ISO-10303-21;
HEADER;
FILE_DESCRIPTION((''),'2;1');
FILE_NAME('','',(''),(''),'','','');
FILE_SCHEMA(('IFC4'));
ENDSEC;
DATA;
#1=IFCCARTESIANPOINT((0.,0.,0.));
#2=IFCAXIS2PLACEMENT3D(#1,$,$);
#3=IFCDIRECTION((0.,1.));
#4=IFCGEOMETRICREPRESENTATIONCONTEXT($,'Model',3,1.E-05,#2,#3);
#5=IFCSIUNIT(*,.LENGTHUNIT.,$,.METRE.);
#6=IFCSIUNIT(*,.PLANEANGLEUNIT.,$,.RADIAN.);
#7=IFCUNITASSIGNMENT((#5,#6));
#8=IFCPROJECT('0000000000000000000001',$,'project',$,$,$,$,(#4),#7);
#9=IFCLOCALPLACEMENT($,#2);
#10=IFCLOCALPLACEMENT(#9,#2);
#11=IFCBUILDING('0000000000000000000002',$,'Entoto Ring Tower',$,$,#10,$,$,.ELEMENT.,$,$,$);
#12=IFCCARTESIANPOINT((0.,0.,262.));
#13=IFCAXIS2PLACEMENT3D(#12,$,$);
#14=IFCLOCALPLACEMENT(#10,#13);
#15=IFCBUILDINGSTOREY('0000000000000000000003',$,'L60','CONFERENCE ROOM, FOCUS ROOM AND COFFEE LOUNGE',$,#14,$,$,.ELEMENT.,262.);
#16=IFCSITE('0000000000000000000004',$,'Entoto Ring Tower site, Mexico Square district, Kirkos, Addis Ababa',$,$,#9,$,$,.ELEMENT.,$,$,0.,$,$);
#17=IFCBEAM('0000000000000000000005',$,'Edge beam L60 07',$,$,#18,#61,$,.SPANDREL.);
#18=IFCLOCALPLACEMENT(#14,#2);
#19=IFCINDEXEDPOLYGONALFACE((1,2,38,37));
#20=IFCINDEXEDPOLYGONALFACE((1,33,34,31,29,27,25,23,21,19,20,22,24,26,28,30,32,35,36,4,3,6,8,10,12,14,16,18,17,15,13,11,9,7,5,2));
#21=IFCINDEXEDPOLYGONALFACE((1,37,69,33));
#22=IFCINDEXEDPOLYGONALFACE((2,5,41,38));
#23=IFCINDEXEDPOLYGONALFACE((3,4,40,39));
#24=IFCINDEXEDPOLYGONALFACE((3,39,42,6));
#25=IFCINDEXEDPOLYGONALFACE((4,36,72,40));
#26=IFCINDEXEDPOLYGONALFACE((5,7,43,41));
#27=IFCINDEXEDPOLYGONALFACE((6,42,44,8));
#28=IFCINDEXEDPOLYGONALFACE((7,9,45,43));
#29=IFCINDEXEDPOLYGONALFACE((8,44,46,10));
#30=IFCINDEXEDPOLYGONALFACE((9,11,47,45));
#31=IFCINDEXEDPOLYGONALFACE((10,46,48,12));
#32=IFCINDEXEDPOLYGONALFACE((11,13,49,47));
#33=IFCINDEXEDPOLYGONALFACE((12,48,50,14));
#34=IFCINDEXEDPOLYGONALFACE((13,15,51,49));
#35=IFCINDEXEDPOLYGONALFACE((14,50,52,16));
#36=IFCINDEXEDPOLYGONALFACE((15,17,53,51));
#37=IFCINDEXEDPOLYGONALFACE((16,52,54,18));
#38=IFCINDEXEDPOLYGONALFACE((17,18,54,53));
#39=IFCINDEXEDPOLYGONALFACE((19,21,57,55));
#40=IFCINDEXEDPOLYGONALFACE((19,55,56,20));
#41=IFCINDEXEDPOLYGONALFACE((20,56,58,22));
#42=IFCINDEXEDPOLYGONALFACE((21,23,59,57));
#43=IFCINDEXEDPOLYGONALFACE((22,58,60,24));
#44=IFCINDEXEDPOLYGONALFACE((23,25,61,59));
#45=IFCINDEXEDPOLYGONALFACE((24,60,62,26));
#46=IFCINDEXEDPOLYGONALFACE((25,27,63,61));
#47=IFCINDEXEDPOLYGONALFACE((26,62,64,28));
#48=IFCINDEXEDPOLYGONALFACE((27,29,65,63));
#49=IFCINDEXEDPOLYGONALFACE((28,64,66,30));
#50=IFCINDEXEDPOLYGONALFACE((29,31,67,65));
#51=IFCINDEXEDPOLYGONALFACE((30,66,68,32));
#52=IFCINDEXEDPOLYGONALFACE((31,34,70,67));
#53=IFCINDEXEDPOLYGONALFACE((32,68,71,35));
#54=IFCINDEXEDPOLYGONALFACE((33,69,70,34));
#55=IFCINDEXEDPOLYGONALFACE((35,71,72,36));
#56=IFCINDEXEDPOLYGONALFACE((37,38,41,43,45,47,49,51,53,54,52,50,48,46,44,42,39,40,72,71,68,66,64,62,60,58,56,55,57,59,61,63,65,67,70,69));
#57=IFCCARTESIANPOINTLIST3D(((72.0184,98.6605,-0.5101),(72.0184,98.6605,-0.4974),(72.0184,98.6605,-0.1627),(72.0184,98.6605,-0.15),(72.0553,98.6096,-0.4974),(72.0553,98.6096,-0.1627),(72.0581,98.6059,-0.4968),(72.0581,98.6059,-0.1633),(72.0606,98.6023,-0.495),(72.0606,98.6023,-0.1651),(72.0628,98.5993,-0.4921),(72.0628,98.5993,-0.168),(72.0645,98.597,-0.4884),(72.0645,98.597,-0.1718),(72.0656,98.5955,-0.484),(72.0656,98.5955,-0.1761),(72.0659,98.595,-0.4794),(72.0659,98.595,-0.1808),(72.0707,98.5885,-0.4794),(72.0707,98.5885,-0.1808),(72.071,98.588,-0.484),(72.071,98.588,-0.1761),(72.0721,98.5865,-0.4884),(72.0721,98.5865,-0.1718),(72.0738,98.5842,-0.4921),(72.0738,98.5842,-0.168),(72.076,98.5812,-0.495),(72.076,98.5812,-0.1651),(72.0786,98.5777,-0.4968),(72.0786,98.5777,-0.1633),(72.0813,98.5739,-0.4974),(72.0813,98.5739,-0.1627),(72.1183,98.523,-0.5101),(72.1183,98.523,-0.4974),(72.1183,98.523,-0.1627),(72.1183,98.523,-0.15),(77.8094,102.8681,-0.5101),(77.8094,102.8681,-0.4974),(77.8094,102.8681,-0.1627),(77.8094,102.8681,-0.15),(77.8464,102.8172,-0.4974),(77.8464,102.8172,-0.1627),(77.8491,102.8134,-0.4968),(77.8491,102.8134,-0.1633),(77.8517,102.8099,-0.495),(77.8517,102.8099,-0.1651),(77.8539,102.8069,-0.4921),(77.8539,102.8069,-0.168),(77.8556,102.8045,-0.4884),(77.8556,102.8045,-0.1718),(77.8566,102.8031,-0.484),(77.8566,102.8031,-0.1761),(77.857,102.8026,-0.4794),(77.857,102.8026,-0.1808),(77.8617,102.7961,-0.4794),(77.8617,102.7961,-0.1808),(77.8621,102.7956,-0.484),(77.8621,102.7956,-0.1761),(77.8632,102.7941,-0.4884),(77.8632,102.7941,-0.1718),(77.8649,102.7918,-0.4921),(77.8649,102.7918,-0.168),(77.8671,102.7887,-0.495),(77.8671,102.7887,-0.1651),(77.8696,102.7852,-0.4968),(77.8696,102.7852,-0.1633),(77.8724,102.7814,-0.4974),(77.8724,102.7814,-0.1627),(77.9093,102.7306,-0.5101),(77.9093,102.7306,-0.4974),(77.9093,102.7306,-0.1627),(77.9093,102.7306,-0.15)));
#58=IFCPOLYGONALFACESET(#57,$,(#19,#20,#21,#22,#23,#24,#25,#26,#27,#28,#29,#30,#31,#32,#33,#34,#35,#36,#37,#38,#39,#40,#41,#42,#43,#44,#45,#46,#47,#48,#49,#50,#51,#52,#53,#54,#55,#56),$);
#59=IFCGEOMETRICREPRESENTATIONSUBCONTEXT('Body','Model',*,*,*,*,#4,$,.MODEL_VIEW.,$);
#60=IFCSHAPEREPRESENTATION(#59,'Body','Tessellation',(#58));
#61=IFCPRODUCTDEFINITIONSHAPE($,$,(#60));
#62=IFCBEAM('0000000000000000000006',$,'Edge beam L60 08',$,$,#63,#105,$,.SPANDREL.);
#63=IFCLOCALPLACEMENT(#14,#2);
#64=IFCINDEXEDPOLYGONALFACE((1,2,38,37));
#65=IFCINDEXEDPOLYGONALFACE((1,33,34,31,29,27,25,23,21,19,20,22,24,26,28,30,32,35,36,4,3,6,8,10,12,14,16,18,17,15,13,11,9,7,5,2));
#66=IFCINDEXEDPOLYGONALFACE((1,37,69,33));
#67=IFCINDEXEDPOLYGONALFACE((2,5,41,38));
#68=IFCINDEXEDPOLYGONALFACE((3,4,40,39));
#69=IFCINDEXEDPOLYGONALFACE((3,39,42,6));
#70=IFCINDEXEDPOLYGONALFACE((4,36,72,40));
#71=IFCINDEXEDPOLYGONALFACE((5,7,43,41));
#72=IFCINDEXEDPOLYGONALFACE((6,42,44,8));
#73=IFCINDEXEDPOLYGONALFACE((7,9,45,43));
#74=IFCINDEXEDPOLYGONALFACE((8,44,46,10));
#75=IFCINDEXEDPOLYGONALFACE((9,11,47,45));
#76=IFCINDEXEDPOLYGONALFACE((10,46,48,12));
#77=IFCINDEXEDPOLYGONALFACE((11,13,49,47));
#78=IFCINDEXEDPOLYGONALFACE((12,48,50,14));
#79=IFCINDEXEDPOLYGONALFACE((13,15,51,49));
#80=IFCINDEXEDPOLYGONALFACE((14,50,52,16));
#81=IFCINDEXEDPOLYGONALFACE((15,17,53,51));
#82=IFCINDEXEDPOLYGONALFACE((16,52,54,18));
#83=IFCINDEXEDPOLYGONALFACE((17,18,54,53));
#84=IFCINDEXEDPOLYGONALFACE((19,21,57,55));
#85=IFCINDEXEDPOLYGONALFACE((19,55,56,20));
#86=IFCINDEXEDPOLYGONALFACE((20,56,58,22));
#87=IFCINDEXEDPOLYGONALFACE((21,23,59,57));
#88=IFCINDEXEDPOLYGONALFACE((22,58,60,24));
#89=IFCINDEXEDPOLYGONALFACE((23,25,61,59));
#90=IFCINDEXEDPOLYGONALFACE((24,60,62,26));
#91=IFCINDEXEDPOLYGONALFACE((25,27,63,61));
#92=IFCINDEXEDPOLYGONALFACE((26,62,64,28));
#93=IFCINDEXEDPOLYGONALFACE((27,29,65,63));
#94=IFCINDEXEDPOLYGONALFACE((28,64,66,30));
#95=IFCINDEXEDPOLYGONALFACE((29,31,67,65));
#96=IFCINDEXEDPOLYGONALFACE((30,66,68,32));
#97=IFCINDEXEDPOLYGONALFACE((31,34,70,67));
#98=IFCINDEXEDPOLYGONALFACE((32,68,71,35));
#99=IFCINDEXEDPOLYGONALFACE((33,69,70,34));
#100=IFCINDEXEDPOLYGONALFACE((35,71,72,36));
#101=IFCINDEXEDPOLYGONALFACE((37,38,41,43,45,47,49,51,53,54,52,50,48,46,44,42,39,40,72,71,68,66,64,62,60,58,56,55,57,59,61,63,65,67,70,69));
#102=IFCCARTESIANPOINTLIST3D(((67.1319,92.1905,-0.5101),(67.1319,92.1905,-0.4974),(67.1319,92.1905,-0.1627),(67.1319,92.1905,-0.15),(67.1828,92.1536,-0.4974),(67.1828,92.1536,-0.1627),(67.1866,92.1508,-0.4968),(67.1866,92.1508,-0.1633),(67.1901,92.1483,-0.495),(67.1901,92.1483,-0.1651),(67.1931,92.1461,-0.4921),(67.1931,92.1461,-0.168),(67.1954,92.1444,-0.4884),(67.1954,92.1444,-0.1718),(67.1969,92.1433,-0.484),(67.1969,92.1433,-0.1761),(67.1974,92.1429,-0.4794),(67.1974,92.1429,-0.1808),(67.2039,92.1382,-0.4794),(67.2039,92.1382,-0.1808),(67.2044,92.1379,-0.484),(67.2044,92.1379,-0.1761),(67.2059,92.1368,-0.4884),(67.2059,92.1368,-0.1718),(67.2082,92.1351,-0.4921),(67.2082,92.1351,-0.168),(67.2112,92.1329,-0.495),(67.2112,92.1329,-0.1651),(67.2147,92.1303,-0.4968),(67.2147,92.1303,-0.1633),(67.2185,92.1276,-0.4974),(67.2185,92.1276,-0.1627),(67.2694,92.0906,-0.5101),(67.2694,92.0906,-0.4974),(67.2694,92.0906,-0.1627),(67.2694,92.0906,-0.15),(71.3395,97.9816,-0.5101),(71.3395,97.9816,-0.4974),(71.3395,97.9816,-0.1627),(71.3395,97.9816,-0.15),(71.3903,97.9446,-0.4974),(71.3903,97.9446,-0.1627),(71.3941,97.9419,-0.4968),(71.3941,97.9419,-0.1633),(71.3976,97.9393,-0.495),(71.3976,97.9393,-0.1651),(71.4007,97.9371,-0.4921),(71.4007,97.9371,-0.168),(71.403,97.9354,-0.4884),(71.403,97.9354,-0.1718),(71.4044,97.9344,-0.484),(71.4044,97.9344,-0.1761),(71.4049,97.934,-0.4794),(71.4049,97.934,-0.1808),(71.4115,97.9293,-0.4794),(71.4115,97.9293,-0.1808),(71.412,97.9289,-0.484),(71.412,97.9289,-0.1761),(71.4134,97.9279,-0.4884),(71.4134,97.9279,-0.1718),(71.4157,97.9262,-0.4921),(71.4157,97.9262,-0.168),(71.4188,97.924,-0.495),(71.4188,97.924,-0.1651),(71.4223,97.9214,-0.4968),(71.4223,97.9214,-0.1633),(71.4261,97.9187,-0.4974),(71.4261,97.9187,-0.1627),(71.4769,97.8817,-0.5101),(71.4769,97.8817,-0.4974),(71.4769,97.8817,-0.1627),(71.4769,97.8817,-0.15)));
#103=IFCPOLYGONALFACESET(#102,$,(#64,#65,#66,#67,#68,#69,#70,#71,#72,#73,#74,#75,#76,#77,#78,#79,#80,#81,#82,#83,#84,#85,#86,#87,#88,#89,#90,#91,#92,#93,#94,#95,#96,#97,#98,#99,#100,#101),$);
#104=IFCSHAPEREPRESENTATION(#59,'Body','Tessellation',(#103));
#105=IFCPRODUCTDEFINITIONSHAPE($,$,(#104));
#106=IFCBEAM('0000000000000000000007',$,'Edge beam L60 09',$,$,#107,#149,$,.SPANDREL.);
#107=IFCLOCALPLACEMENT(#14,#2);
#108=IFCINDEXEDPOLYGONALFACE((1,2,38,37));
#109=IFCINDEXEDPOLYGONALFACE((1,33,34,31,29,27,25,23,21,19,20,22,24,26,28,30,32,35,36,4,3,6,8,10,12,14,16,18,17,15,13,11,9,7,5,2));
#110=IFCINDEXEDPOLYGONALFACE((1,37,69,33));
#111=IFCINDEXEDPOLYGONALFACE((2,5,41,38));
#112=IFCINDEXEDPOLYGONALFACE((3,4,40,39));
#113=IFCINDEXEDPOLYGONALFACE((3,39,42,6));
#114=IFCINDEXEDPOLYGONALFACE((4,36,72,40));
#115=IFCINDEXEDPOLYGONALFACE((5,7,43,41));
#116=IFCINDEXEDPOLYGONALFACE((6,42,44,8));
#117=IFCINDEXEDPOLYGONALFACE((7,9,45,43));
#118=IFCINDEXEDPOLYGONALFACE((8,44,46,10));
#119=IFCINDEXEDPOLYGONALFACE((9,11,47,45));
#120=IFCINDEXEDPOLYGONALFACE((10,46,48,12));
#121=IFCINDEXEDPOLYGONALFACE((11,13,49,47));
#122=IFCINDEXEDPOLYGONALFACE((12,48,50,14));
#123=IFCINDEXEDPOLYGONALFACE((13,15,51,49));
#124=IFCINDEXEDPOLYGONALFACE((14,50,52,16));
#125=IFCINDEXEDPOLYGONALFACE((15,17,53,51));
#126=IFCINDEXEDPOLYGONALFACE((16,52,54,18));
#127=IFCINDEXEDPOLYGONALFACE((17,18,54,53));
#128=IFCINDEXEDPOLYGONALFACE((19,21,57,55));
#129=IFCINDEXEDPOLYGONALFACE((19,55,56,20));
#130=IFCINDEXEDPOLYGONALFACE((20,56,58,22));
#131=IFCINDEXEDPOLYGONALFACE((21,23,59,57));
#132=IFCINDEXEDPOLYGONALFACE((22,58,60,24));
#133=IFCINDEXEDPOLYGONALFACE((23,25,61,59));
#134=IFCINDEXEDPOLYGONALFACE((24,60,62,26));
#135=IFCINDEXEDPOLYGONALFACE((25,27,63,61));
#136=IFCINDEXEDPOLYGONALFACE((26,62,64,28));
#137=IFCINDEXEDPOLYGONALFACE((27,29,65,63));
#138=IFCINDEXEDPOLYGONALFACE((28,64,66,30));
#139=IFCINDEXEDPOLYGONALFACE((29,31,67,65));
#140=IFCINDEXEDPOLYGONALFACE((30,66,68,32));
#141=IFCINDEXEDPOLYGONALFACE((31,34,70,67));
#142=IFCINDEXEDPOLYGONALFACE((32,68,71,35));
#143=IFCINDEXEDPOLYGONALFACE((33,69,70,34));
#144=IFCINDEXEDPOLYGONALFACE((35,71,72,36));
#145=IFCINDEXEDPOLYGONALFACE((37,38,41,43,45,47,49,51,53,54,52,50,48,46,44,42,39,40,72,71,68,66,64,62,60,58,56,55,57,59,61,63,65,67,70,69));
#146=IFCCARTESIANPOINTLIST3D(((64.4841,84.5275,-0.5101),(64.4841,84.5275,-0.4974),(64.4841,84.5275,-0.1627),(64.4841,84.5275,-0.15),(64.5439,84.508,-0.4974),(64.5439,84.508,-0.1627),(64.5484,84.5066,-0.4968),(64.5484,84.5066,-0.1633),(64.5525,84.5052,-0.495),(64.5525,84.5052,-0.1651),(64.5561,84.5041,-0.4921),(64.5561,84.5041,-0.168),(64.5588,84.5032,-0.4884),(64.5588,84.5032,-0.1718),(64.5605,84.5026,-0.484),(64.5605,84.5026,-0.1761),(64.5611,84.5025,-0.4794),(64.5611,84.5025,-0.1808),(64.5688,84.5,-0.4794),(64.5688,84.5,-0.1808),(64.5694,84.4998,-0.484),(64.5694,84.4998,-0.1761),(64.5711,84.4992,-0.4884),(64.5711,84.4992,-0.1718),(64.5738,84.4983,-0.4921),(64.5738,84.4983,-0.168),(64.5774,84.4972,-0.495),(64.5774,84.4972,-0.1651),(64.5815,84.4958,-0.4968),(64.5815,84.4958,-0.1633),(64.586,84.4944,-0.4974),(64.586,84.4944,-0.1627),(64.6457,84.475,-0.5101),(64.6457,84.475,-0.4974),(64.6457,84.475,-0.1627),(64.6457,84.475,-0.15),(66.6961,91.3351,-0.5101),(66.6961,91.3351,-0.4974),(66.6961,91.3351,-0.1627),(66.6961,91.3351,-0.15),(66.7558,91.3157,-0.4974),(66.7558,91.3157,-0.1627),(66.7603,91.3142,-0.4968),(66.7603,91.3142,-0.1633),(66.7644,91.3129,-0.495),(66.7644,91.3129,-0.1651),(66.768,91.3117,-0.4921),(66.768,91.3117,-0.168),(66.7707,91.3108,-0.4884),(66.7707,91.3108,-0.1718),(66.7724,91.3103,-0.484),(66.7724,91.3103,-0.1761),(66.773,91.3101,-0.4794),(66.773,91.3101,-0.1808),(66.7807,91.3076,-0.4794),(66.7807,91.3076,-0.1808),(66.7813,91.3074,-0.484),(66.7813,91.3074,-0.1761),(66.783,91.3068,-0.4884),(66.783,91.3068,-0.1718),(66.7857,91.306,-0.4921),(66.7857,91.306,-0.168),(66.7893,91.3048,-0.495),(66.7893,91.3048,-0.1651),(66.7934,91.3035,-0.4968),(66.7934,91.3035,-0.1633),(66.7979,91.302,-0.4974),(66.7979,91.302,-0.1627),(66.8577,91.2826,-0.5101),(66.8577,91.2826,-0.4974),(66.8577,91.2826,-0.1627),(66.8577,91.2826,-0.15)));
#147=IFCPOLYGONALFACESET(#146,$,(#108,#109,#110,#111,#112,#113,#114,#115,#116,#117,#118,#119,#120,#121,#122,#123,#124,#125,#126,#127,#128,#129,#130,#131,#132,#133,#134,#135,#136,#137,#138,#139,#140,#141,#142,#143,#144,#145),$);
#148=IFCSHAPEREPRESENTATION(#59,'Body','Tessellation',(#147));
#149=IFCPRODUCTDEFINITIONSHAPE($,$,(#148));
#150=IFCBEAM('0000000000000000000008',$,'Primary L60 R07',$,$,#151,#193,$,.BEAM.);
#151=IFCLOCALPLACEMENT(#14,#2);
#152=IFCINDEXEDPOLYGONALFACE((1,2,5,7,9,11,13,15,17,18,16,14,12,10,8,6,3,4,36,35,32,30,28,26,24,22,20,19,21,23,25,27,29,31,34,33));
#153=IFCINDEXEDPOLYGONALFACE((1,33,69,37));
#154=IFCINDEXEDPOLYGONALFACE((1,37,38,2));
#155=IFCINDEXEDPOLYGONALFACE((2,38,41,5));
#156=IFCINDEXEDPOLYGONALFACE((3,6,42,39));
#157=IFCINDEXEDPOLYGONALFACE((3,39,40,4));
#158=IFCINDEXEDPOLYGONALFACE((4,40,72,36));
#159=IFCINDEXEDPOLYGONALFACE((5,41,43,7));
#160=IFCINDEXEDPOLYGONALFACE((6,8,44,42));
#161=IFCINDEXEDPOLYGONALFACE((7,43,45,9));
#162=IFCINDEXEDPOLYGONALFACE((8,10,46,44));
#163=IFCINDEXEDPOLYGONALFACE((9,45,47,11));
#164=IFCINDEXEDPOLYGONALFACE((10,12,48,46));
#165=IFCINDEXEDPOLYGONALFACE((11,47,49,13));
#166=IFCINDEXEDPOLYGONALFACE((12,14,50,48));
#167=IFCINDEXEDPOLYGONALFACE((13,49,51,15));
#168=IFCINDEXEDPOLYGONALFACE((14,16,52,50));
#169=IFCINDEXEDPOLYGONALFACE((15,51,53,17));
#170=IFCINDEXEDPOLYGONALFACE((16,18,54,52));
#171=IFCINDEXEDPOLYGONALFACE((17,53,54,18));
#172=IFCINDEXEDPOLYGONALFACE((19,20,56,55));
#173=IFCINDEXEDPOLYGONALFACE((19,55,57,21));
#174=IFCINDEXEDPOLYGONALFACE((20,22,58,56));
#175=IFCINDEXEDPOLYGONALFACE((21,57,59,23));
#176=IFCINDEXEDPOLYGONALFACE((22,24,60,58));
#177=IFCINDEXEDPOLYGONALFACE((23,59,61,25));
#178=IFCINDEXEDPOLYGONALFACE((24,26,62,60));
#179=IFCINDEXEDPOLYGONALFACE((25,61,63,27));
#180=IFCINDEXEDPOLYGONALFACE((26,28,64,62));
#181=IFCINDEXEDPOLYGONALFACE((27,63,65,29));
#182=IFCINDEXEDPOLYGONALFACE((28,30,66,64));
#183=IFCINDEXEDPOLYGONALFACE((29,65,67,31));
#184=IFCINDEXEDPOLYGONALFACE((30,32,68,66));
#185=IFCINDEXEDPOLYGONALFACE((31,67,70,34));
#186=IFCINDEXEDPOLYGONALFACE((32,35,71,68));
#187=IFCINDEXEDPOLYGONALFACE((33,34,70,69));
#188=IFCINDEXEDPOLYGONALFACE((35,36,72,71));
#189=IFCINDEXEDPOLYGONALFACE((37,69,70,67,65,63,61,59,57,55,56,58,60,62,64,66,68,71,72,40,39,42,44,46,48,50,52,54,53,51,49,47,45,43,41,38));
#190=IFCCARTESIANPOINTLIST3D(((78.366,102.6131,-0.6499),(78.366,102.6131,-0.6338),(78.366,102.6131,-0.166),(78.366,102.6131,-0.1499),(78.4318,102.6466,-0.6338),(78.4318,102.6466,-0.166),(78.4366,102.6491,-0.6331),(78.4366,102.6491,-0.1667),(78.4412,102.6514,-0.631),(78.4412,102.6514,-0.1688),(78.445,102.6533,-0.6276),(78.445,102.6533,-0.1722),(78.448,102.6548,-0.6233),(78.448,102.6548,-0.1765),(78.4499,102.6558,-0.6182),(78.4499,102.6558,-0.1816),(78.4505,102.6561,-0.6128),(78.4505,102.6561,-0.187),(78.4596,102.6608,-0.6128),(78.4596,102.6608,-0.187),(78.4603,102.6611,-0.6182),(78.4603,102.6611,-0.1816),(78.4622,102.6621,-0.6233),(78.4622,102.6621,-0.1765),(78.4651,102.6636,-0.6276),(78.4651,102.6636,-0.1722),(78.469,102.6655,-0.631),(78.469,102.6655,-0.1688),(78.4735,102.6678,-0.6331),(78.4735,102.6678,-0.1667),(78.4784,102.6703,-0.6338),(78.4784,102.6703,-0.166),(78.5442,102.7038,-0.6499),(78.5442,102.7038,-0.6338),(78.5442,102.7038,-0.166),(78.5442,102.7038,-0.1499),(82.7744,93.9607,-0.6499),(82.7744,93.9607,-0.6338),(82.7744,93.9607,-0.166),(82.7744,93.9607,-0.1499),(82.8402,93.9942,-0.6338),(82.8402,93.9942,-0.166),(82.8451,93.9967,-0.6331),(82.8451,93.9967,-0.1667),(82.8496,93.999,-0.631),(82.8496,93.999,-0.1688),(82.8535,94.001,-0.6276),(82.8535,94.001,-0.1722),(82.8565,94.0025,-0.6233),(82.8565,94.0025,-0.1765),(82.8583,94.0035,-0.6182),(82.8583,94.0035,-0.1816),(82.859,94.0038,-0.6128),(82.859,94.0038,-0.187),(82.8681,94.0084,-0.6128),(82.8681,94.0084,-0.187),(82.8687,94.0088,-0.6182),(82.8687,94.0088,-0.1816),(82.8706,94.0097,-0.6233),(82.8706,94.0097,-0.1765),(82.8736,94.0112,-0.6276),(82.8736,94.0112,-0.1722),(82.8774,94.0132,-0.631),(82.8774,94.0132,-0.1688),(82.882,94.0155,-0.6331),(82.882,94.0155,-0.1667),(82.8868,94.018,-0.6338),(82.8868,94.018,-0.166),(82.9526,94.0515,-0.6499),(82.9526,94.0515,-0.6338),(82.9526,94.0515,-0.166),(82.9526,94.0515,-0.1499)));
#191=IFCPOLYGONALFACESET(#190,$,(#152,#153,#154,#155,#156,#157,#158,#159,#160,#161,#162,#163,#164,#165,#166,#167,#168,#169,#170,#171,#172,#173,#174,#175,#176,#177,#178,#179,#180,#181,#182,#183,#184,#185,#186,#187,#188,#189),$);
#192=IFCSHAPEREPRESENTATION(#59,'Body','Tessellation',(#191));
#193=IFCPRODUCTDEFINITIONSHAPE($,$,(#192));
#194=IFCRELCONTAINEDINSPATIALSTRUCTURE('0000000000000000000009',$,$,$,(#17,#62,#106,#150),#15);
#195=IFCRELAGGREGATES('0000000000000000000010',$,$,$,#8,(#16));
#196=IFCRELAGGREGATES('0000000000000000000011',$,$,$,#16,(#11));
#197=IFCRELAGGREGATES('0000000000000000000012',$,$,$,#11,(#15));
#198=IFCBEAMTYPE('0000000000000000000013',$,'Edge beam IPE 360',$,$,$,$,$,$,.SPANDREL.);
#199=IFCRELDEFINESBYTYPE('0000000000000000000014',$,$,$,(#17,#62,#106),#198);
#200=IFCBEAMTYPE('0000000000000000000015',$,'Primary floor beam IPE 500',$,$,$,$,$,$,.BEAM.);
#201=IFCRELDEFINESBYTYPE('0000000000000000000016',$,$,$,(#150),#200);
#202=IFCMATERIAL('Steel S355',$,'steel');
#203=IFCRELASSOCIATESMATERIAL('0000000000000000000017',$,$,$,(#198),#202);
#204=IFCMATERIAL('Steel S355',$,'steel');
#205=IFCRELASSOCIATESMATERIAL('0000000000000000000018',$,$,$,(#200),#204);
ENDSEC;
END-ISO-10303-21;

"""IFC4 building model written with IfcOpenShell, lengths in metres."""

from ifc_helpers import new_model, si_unit, direction, frame, origin, origin_2d, place, context, subcontext, project, spatial, i_section, extrude, material, material_profile, profile_set, type_object, element, save


model = new_model("IFC4")

# Units and contexts
model_context = context("Model", 3, precision=1e-05, world=origin(), true_north=direction((0.0, 1.0)))
body_context = subcontext(model_context, "Body", "Model", "MODEL_VIEW")
ifc_project = project(units=[si_unit("LENGTHUNIT", "METRE"), si_unit("PLANEANGLEUNIT", "RADIAN")], contexts=[model_context])

# Site, building, storey
site_placement = place(None, origin())
site = spatial("IfcSite", under=ifc_project, at=site_placement, Name="Entoto Ring Tower site, Mexico Square district, Kirkos, Addis Ababa", CompositionType="ELEMENT", RefElevation=0.0)
building_placement = place(site_placement, origin())
building = spatial("IfcBuilding", under=site, at=building_placement, Name="Entoto Ring Tower", CompositionType="ELEMENT")
storey_placement = place(building_placement, frame((0.0, 0.0, 262.0)))
storey = spatial("IfcBuildingStorey", under=building, at=storey_placement, Name="L60", Description="CONFERENCE ROOM, FOCUS ROOM AND COFFEE LOUNGE", CompositionType="ELEMENT", Elevation=262.0)

# Beams
ifc_material_1 = material(Name="Steel S355", Category="steel")
ifc_material_profile_1 = material_profile(ifc_material_1, i_section(OverallWidth=0.1699, OverallDepth=0.3601, WebThickness=0.0081, FlangeThickness=0.0127, FilletRadius=0.0181, at=origin_2d()), Name="IPE 360")
ifc_profile_set_1 = profile_set([ifc_material_profile_1], Name="Steel S355")
beam_type_1 = type_object("IfcBeamType", Name="Edge beam IPE 360", PredefinedType="SPANDREL", material=ifc_profile_set_1)
for number, where, z_axis, x_axis, name in (
    (1, (77.8594, 102.7993, -0.3301), (-0.80901, -0.587794, 0.0), (0.587794, -0.80901, 0.0), "Edge beam L60 07"),
    (2, (71.4082, 97.9316, -0.3301), (-0.587794, -0.80901, 0.0), (0.80901, -0.587794, 0.0), "Edge beam L60 08"),
):
    element("IfcBeam", number, at=place(storey_placement, frame(where, z_axis=z_axis, x_axis=x_axis)), inside=storey, type_object=beam_type_1, Name=name, PredefinedType="SPANDREL", context=body_context, shape_type="SweptSolid", body=[
        extrude(i_section(OverallWidth=0.1699, OverallDepth=0.3601, WebThickness=0.0081, FlangeThickness=0.0127, FilletRadius=0.0181, at=origin_2d()), origin(), (0.0, 0.0, 1.0), 7.1582),
    ])
beam_1_placement = place(storey_placement, frame((66.7769, 91.3088, -0.3301), z_axis=(-0.309015, -0.951057, 0.0), x_axis=(0.951057, -0.309015, 0.0)))
element("IfcBeam", 3, at=beam_1_placement, inside=storey, type_object=beam_type_1, Name="Edge beam L60 09", PredefinedType="SPANDREL", context=body_context, shape_type="SweptSolid", body=[
    extrude(i_section(OverallWidth=0.1699, OverallDepth=0.3601, WebThickness=0.0081, FlangeThickness=0.0127, FilletRadius=0.0181, at=origin_2d()), origin(), (0.0, 0.0, 1.0), 7.158),
])
ifc_material_2 = material(Name="Steel S355", Category="steel")
ifc_material_profile_2 = material_profile(ifc_material_2, i_section(OverallWidth=0.2, OverallDepth=0.5, WebThickness=0.0103, FlangeThickness=0.0161, FilletRadius=0.021, at=origin_2d()), Name="IPE 500")
ifc_profile_set_2 = profile_set([ifc_material_profile_2], Name="Steel S355")
beam_type_2 = type_object("IfcBeamType", Name="Primary floor beam IPE 500", PredefinedType="BEAM", material=ifc_profile_set_2)
beam_2_placement = place(storey_placement, frame((82.8635, 94.0061, -0.3999), z_axis=(-0.453979, 0.891012, 0.0), x_axis=(-0.891012, -0.453979, 0.0)))
element("IfcBeam", 4, at=beam_2_placement, inside=storey, type_object=beam_type_2, Name="Primary L60 R07", PredefinedType="BEAM", context=body_context, shape_type="SweptSolid", body=[
    extrude(i_section(OverallWidth=0.2, OverallDepth=0.5, WebThickness=0.0103, FlangeThickness=0.0161, FilletRadius=0.021, at=origin_2d()), origin(), (0.0, 0.0, 1.0), 9.7107),
])

save(model, "model.ifc")
